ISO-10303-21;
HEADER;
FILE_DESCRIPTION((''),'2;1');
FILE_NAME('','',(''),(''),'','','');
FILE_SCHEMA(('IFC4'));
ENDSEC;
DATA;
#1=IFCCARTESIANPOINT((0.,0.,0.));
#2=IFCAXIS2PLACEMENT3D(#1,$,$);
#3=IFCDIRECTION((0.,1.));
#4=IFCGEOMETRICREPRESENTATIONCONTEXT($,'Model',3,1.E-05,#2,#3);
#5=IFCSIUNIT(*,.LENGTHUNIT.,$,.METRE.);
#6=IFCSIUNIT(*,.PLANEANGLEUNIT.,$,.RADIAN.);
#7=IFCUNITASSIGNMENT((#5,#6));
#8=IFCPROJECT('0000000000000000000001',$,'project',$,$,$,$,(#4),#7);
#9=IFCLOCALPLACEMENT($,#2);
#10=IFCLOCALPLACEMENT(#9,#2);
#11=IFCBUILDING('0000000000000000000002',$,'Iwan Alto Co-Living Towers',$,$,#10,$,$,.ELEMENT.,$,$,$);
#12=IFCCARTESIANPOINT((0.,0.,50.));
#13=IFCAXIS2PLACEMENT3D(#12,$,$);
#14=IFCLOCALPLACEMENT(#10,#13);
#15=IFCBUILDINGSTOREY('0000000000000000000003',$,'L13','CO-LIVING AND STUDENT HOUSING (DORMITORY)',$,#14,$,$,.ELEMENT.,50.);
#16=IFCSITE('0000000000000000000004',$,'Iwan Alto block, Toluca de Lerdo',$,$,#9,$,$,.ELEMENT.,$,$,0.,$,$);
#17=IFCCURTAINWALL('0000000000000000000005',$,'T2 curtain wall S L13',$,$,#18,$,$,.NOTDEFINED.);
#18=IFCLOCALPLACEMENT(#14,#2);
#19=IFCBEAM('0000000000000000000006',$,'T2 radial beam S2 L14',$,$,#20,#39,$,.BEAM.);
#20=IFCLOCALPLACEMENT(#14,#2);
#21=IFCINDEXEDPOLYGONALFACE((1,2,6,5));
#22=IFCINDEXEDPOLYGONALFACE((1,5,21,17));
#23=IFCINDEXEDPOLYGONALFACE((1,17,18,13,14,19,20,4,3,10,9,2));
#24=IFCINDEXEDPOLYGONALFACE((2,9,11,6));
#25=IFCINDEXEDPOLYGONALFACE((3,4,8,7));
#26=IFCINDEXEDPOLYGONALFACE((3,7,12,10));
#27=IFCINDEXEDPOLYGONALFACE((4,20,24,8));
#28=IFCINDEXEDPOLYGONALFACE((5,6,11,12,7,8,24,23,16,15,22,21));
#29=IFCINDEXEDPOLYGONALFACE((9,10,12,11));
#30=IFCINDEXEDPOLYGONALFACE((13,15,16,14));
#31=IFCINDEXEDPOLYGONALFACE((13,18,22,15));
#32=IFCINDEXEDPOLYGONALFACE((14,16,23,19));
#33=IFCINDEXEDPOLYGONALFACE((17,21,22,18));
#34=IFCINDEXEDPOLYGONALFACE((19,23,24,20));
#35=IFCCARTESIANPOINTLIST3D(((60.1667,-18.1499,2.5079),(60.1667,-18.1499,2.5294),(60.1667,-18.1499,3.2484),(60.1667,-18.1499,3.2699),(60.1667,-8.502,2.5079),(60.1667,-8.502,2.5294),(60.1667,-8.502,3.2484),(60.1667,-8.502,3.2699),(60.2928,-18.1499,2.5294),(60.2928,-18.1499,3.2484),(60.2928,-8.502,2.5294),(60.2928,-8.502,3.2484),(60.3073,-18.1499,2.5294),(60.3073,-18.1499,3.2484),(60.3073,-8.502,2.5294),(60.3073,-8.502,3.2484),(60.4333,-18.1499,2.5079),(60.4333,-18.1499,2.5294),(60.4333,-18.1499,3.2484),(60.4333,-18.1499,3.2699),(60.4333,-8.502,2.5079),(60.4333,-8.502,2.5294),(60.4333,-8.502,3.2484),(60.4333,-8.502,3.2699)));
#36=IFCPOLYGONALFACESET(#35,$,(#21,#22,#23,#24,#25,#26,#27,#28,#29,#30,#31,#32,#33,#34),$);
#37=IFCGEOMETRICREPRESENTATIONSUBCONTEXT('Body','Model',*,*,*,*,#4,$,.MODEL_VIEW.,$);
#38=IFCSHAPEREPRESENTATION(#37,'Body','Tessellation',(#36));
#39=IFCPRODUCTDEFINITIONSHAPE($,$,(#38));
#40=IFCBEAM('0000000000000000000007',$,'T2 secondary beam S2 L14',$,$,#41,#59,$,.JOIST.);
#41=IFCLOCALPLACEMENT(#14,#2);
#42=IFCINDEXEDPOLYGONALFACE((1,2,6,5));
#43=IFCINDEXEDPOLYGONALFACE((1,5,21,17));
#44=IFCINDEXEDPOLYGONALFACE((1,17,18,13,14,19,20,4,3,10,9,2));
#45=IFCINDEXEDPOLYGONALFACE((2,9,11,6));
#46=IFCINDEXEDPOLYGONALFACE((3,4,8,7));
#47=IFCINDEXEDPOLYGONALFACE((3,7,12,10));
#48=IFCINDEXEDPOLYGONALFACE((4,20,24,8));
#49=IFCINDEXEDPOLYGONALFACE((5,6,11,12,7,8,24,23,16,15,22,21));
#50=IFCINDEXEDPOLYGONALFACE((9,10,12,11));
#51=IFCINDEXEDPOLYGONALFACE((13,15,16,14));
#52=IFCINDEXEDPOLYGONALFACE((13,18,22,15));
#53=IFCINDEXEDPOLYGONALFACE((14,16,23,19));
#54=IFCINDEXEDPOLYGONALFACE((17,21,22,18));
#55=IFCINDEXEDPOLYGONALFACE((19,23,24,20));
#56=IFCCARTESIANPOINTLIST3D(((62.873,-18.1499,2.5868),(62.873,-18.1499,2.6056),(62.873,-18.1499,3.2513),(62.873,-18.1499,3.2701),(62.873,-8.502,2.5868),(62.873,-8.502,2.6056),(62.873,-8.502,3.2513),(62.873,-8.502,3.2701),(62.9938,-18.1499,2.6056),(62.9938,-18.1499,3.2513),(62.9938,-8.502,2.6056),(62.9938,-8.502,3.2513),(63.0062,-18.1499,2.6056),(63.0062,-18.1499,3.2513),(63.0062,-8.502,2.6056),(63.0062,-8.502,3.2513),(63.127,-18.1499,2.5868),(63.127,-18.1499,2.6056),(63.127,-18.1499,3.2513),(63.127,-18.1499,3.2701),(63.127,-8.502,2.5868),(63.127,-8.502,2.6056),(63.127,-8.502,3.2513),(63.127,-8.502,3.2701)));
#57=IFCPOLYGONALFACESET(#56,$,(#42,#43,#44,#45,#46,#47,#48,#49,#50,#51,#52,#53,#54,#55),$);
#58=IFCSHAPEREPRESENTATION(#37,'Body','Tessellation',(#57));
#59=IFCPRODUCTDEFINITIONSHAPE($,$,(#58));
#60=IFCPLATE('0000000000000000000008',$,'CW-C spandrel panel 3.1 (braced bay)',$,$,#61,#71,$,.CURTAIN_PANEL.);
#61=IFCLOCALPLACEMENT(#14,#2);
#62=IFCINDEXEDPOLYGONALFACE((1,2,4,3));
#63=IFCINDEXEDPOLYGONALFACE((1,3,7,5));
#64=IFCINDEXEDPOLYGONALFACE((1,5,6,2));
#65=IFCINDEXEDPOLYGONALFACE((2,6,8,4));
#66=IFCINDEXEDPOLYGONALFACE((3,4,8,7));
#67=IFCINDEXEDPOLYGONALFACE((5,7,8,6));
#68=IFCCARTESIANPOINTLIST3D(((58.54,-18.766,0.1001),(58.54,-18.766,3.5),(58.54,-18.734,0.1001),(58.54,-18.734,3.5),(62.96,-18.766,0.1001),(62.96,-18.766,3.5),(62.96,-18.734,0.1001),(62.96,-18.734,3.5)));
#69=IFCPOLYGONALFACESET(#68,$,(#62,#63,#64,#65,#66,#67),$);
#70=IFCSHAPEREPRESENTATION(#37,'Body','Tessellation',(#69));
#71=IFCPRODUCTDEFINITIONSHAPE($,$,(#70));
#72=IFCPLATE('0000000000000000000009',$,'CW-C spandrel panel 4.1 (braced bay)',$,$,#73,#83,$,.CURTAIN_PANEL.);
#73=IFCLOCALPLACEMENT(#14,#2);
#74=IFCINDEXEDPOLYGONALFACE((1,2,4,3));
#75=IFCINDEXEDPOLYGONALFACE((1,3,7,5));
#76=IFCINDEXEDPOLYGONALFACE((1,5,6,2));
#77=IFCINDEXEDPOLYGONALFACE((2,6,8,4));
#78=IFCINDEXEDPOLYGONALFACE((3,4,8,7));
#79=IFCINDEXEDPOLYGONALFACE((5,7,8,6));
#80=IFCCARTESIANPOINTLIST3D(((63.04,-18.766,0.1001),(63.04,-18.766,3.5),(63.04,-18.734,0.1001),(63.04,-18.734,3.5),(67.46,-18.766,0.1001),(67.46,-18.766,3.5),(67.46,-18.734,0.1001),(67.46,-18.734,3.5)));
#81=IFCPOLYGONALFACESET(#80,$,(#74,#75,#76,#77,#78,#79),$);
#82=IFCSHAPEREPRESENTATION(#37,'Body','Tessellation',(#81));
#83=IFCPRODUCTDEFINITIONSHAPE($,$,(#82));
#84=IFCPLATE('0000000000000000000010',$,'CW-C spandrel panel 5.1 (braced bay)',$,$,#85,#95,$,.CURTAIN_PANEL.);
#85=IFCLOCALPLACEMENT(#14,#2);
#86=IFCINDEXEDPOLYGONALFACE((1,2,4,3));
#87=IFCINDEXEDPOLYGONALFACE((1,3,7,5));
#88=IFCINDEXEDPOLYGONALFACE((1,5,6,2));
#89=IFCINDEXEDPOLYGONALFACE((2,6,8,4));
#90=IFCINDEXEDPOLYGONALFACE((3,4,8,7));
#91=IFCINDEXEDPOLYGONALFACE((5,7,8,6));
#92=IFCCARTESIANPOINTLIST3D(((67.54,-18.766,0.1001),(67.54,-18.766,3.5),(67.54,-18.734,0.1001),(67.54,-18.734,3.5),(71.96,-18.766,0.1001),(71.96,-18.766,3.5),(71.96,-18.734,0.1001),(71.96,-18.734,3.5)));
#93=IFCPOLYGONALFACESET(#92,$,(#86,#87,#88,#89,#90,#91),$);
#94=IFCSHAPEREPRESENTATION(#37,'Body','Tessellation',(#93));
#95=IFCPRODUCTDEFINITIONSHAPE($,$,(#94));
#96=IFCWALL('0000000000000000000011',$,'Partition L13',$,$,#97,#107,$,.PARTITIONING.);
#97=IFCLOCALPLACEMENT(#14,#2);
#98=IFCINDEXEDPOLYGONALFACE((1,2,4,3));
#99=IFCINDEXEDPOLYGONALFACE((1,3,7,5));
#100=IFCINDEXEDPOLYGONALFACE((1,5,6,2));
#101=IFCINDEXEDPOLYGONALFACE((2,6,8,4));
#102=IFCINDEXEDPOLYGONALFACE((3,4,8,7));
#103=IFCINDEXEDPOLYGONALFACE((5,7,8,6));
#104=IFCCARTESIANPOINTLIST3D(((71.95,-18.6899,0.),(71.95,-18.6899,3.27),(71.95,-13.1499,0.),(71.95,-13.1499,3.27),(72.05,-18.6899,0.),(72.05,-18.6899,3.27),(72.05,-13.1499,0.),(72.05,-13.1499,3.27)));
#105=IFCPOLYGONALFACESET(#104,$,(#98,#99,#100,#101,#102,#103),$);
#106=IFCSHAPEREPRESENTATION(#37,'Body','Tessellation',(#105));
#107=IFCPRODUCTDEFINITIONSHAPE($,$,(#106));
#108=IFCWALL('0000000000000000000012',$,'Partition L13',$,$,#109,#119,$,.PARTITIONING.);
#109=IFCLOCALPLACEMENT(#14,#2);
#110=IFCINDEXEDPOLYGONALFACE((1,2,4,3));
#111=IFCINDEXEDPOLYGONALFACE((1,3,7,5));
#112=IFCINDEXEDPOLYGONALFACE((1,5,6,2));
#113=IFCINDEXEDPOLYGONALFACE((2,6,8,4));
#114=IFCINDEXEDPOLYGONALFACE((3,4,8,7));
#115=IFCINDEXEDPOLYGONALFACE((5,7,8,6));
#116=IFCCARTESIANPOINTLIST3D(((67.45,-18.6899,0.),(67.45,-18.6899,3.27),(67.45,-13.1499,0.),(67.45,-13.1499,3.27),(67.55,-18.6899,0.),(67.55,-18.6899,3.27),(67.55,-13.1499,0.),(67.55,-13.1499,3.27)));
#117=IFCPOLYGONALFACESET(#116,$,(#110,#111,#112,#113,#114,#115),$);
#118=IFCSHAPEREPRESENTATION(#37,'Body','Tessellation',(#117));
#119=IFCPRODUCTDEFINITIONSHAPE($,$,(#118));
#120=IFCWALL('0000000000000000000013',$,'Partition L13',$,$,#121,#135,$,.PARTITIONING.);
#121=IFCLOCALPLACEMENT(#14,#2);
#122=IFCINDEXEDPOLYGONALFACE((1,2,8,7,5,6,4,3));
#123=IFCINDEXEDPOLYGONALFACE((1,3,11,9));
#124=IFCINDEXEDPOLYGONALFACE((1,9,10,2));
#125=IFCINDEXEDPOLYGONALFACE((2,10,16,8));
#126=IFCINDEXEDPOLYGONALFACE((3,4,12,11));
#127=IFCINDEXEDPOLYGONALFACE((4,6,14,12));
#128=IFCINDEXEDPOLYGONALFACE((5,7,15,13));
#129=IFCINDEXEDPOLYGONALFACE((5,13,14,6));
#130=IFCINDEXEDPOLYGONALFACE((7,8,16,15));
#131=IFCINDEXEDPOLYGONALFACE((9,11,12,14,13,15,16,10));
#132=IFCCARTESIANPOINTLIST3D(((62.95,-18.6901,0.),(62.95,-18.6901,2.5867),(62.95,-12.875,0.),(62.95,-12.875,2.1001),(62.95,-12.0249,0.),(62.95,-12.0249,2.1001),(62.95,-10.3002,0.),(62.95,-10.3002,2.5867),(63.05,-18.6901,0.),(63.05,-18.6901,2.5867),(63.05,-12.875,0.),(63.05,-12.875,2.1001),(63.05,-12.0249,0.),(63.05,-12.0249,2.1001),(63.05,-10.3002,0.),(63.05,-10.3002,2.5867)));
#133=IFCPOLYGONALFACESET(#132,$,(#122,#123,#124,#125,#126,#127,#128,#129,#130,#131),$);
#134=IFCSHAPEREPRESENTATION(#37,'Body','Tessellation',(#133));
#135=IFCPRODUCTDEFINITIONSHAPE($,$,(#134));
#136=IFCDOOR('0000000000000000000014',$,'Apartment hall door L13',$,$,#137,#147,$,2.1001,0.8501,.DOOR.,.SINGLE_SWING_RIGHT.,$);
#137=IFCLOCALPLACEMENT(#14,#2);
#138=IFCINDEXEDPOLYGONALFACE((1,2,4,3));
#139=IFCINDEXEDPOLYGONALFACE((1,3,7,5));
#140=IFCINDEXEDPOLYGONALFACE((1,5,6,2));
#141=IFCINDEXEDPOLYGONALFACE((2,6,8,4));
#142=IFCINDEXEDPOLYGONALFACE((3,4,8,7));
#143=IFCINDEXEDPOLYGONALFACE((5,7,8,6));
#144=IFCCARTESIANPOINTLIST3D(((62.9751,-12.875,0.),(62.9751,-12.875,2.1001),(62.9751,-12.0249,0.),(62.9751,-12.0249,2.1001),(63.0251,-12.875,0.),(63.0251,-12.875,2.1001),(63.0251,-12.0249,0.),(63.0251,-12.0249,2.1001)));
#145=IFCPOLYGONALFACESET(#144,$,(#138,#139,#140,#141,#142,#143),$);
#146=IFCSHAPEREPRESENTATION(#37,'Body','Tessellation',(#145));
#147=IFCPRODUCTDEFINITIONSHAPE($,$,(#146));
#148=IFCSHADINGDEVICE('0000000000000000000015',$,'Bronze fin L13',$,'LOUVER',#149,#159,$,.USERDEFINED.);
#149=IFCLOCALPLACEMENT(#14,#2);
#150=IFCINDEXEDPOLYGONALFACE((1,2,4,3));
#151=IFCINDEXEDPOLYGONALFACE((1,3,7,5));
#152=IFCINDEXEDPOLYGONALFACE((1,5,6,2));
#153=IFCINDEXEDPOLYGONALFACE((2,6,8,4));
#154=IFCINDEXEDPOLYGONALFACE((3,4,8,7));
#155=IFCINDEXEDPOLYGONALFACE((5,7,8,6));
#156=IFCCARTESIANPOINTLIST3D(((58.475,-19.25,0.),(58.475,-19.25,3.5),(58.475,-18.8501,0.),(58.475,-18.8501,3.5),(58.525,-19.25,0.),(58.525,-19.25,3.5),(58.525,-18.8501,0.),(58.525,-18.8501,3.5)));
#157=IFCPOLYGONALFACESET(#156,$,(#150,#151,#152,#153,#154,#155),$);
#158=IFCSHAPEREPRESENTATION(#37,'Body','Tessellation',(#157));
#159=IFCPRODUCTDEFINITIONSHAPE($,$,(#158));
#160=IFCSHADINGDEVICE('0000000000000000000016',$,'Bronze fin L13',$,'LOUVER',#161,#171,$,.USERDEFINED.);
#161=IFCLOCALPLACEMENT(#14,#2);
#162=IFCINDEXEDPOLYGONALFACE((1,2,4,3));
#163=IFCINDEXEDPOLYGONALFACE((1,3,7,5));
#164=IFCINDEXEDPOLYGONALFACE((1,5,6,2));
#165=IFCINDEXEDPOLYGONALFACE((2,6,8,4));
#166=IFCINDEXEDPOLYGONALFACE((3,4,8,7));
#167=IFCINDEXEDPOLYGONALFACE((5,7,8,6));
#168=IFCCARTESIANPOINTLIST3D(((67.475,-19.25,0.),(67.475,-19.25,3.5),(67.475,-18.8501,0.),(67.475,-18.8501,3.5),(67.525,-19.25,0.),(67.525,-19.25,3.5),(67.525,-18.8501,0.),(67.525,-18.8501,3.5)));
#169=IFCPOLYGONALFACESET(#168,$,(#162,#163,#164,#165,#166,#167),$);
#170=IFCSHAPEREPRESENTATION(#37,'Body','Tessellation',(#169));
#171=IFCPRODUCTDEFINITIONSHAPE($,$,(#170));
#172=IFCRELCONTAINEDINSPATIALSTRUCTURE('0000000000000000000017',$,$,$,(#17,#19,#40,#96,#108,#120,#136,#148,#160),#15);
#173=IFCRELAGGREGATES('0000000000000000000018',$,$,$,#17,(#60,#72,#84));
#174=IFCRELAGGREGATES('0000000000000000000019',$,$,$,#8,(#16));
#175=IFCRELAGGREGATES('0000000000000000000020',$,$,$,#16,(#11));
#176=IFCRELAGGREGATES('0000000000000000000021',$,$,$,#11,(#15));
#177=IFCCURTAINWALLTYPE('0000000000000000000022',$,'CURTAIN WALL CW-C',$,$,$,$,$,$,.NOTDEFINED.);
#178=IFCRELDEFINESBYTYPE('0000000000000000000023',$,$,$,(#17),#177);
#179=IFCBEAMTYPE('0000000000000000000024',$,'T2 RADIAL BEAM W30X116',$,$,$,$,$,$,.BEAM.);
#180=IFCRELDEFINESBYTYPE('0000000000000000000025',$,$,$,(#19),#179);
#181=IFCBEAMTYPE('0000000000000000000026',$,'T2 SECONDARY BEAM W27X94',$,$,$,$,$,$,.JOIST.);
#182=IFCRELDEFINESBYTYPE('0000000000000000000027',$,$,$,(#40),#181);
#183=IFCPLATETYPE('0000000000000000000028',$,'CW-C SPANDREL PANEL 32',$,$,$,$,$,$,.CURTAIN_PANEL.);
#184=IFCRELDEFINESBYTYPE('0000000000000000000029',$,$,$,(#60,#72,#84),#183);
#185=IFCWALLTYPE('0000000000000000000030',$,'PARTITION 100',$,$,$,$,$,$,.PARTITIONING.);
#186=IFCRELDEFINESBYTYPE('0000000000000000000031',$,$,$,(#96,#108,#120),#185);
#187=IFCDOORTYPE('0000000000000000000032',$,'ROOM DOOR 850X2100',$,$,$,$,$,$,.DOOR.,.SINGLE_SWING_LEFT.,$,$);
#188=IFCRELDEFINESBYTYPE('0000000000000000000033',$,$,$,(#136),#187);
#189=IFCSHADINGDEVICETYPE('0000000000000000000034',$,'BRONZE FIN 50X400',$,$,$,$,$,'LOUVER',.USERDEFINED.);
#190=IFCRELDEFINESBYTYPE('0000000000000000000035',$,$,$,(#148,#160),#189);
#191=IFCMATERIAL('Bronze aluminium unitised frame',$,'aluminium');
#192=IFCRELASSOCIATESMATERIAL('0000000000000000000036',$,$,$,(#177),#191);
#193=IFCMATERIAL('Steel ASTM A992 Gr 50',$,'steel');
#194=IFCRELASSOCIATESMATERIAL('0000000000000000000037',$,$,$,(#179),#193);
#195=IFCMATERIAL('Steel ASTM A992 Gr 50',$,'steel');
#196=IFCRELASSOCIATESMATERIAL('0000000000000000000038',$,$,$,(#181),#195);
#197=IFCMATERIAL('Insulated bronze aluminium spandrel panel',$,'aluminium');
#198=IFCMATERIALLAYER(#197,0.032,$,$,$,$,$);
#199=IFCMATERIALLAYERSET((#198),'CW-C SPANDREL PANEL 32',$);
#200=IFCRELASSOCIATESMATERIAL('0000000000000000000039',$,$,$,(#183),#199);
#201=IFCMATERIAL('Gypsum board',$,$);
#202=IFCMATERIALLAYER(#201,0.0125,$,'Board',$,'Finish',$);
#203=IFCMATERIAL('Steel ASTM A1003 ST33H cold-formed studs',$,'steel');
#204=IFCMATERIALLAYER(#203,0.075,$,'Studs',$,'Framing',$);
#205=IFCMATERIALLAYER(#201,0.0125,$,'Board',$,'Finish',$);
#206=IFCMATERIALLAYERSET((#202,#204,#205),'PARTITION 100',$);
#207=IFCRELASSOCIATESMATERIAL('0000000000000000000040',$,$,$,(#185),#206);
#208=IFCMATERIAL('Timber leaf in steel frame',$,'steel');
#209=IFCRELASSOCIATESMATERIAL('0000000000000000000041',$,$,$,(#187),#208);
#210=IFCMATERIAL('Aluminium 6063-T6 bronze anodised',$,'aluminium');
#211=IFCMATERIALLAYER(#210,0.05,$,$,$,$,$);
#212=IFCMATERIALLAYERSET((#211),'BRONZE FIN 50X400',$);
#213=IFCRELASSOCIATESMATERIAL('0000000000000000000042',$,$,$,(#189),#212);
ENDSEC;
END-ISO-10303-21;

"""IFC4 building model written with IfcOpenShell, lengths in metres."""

from ifc_helpers import new_model, si_unit, direction, frame, frame_2d, origin, origin_2d, place, context, subcontext, project, spatial, rectangle, i_section, extrude, material, layer, layer_set, material_profile, profile_set, type_object, element, fill, aggregate, save


model = new_model("IFC4")

# Units and contexts
model_context = context("Model", 3, precision=1e-05, world=origin(), true_north=direction((0.0, 1.0)))
body_context = subcontext(model_context, "Body", "Model", "MODEL_VIEW")
ifc_project = project(units=[si_unit("LENGTHUNIT", "METRE"), si_unit("PLANEANGLEUNIT", "RADIAN")], contexts=[model_context])

# Site, building, storey
site_placement = place(None, origin())
site = spatial("IfcSite", under=ifc_project, at=site_placement, Name="Iwan Alto block, Toluca de Lerdo", CompositionType="ELEMENT", RefElevation=0.0)
building_placement = place(site_placement, origin())
building = spatial("IfcBuilding", under=site, at=building_placement, Name="Iwan Alto Co-Living Towers", CompositionType="ELEMENT")
storey_placement = place(building_placement, frame((0.0, 0.0, 50.0)))
storey = spatial("IfcBuildingStorey", under=building, at=storey_placement, Name="L13", Description="CO-LIVING AND STUDENT HOUSING (DORMITORY)", CompositionType="ELEMENT", Elevation=50.0)

# Curtain wall
ifc_material_1 = material(Name="Bronze aluminium unitised frame", Category="aluminium")
curtain_wall_type = type_object("IfcCurtainWallType", Name="CURTAIN WALL CW-C", PredefinedType="NOTDEFINED", material=ifc_material_1)
curtain_wall_placement = place(storey_placement, origin())
curtain_wall = element("IfcCurtainWall", 1, at=curtain_wall_placement, inside=storey, type_object=curtain_wall_type, Name="T2 curtain wall S L13", PredefinedType="NOTDEFINED")

# Beams
ifc_material_2 = material(Name="Steel ASTM A992 Gr 50", Category="steel")
ifc_material_profile_1 = material_profile(ifc_material_2, i_section(OverallWidth=0.2666, OverallDepth=0.762, WebThickness=0.0144, FlangeThickness=0.0215, at=origin_2d()), Name="W30X116")
ifc_profile_set_1 = profile_set([ifc_material_profile_1], Name="Steel ASTM A992 Gr 50")
beam_type_1 = type_object("IfcBeamType", Name="T2 RADIAL BEAM W30X116", PredefinedType="BEAM", material=ifc_profile_set_1)
beam_1_placement = place(storey_placement, frame((60.3, -18.1499, 2.8889), z_axis=(0.0, 1.0, 0.0), x_axis=(-1.0, 0.0, 0.0)))
element("IfcBeam", 2, at=beam_1_placement, inside=storey, type_object=beam_type_1, Name="T2 radial beam S2 L14", PredefinedType="BEAM", context=body_context, shape_type="SweptSolid", body=[
    extrude(i_section(OverallWidth=0.2666, OverallDepth=0.762, WebThickness=0.0144, FlangeThickness=0.0215, at=origin_2d()), origin(), (0.0, 0.0, 1.0), 9.6479),
])
ifc_material_3 = material(Name="Steel ASTM A992 Gr 50", Category="steel")
ifc_material_profile_2 = material_profile(ifc_material_3, i_section(OverallWidth=0.2539, OverallDepth=0.6833, WebThickness=0.0125, FlangeThickness=0.0188, at=origin_2d()), Name="W27X94")
ifc_profile_set_2 = profile_set([ifc_material_profile_2], Name="Steel ASTM A992 Gr 50")
beam_type_2 = type_object("IfcBeamType", Name="T2 SECONDARY BEAM W27X94", PredefinedType="JOIST", material=ifc_profile_set_2)
beam_2_placement = place(storey_placement, frame((63.0, -18.1499, 2.9285), z_axis=(0.0, 1.0, 0.0), x_axis=(-1.0, 0.0, 0.0)))
element("IfcBeam", 3, at=beam_2_placement, inside=storey, type_object=beam_type_2, Name="T2 secondary beam S2 L14", PredefinedType="JOIST", context=body_context, shape_type="SweptSolid", body=[
    extrude(i_section(OverallWidth=0.2539, OverallDepth=0.6833, WebThickness=0.0125, FlangeThickness=0.0188, at=origin_2d()), origin(), (0.0, 0.0, 1.0), 9.6479),
])

# Plates
ifc_material_4 = material(Name="Insulated bronze aluminium spandrel panel", Category="aluminium")
ifc_layer_1 = layer(ifc_material_4, 0.032)
ifc_layer_set_1 = layer_set([ifc_layer_1], Name="CW-C SPANDREL PANEL 32")
plate_type = type_object("IfcPlateType", Name="CW-C SPANDREL PANEL 32", PredefinedType="CURTAIN_PANEL", material=ifc_layer_set_1)
plate_1_placement = place(storey_placement, frame((60.75, -18.75, 0.1001), z_axis=(0.0, 0.0, 1.0), x_axis=(1.0, 0.0, 0.0)))
plate_1 = element("IfcPlate", 4, at=plate_1_placement, type_object=plate_type, Name="CW-C spandrel panel 3.1 (braced bay)", PredefinedType="CURTAIN_PANEL", context=body_context, shape_type="SweptSolid", body=[
    extrude(rectangle(XDim=4.4199, YDim=0.032, at=origin_2d()), origin(), (0.0, 0.0, 1.0), 3.3999),
])
plate_2_placement = place(storey_placement, frame((65.25, -18.75, 0.1001), z_axis=(0.0, 0.0, 1.0), x_axis=(1.0, 0.0, 0.0)))
plate_2 = element("IfcPlate", 5, at=plate_2_placement, type_object=plate_type, Name="CW-C spandrel panel 4.1 (braced bay)", PredefinedType="CURTAIN_PANEL", context=body_context, shape_type="SweptSolid", body=[
    extrude(rectangle(XDim=4.4199, YDim=0.032, at=origin_2d()), origin(), (0.0, 0.0, 1.0), 3.3999),
])
plate_3_placement = place(storey_placement, frame((69.75, -18.75, 0.1001), z_axis=(0.0, 0.0, 1.0), x_axis=(1.0, 0.0, 0.0)))
plate_3 = element("IfcPlate", 6, at=plate_3_placement, type_object=plate_type, Name="CW-C spandrel panel 5.1 (braced bay)", PredefinedType="CURTAIN_PANEL", context=body_context, shape_type="SweptSolid", body=[
    extrude(rectangle(XDim=4.4199, YDim=0.032, at=origin_2d()), origin(), (0.0, 0.0, 1.0), 3.3999),
])
aggregate(curtain_wall, [plate_1, plate_2, plate_3])

# Walls
ifc_material_5 = material(Name="Gypsum board")
ifc_layer_2 = layer(ifc_material_5, 0.0125, Name="Board", Category="Finish")
ifc_material_6 = material(Name="Steel ASTM A1003 ST33H cold-formed studs", Category="steel")
ifc_layer_3 = layer(ifc_material_6, 0.075, Name="Studs", Category="Framing")
ifc_layer_4 = layer(ifc_material_5, 0.0125, Name="Board", Category="Finish")
ifc_layer_set_2 = layer_set([ifc_layer_2, ifc_layer_3, ifc_layer_4], Name="PARTITION 100")
wall_type = type_object("IfcWallType", Name="PARTITION 100", PredefinedType="PARTITIONING", material=ifc_layer_set_2)
for number, where, z_axis, x_axis, name in (
    (7, (72.0, -18.6899, 0.0), (0.0, 0.0, 1.0), (0.0, 1.0, 0.0), "Partition L13"),
    (8, (67.5, -18.6899, 0.0), (0.0, 0.0, 1.0), (0.0, 1.0, 0.0), "Partition L13"),
):
    element("IfcWall", number, at=place(storey_placement, frame(where, z_axis=z_axis, x_axis=x_axis)), inside=storey, type_object=wall_type, Name=name, PredefinedType="PARTITIONING", context=body_context, shape_type="SweptSolid", body=[
        extrude(rectangle(XDim=5.54, YDim=0.1001, at=frame_2d((2.77, 0.0))), origin(), (0.0, 0.0, 1.0), 3.27),
    ])

# Wall, opening, door
wall_placement = place(storey_placement, frame((63.0, -18.6899, 0.0), z_axis=(0.0, 0.0, 1.0), x_axis=(0.0, 1.0, 0.0)))
wall = element("IfcWall", 9, at=wall_placement, inside=storey, type_object=wall_type, Name="Partition L13", PredefinedType="PARTITIONING", context=body_context, shape_type="SweptSolid", body=[
    extrude(rectangle(XDim=8.3899, YDim=0.1001, at=frame_2d((4.1948, 0.0))), origin(), (0.0, 0.0, 1.0), 2.5867),
])
opening_placement = place(wall_placement, frame((5.8149, 0.0, 0.0)))
opening = element("IfcOpeningElement", 10, at=opening_placement, cuts=wall, PredefinedType="OPENING", context=body_context, shape_type="SweptSolid", body=[
    extrude(rectangle(XDim=0.8501, YDim=2.1001, at=frame_2d((0.425, 1.05))), frame((0.0, 0.0601, 0.0), z_axis=(0.0, -1.0, 0.0), x_axis=(1.0, 0.0, 0.0)), (0.0, 0.0, 1.0), 0.1201),
])
ifc_material_7 = material(Name="Timber leaf in steel frame", Category="steel")
door_type = type_object("IfcDoorType", Name="ROOM DOOR 850X2100", OperationType="SINGLE_SWING_LEFT", PredefinedType="DOOR", material=ifc_material_7)
door_placement = place(opening_placement, origin())
door = element("IfcDoor", 11, at=door_placement, inside=storey, type_object=door_type, Name="Apartment hall door L13", OperationType="SINGLE_SWING_RIGHT", OverallHeight=2.1001, OverallWidth=0.8501, PredefinedType="DOOR", context=body_context, shape_type="SweptSolid", body=[
    extrude(rectangle(XDim=0.8501, YDim=2.1001, at=frame_2d((0.425, 1.05))), frame((0.0, 0.0249, 0.0), z_axis=(0.0, -1.0, 0.0), x_axis=(1.0, 0.0, 0.0)), (0.0, 0.0, 1.0), 0.05),
])
fill(opening, door)

# Shading devices
ifc_material_8 = material(Name="Aluminium 6063-T6 bronze anodised", Category="aluminium")
ifc_layer_5 = layer(ifc_material_8, 0.05)
ifc_layer_set_3 = layer_set([ifc_layer_5], Name="BRONZE FIN 50X400")
shading_device_type = type_object("IfcShadingDeviceType", Name="BRONZE FIN 50X400", ElementType="LOUVER", PredefinedType="USERDEFINED", material=ifc_layer_set_3)
for number, where, z_axis, x_axis, name in (
    (12, (58.5, -19.05, 0.0), (0.0, 0.0, 1.0), (1.0, 0.0, 0.0), "Bronze fin L13"),
    (13, (67.5, -19.05, 0.0), (0.0, 0.0, 1.0), (1.0, 0.0, 0.0), "Bronze fin L13"),
):
    element("IfcShadingDevice", number, at=place(storey_placement, frame(where, z_axis=z_axis, x_axis=x_axis)), inside=storey, type_object=shading_device_type, Name=name, ObjectType="LOUVER", PredefinedType="USERDEFINED", context=body_context, shape_type="SweptSolid", body=[
        extrude(rectangle(XDim=0.05, YDim=0.3999, at=origin_2d()), origin(), (0.0, 0.0, 1.0), 3.5),
    ])

save(model, "model.ifc")
